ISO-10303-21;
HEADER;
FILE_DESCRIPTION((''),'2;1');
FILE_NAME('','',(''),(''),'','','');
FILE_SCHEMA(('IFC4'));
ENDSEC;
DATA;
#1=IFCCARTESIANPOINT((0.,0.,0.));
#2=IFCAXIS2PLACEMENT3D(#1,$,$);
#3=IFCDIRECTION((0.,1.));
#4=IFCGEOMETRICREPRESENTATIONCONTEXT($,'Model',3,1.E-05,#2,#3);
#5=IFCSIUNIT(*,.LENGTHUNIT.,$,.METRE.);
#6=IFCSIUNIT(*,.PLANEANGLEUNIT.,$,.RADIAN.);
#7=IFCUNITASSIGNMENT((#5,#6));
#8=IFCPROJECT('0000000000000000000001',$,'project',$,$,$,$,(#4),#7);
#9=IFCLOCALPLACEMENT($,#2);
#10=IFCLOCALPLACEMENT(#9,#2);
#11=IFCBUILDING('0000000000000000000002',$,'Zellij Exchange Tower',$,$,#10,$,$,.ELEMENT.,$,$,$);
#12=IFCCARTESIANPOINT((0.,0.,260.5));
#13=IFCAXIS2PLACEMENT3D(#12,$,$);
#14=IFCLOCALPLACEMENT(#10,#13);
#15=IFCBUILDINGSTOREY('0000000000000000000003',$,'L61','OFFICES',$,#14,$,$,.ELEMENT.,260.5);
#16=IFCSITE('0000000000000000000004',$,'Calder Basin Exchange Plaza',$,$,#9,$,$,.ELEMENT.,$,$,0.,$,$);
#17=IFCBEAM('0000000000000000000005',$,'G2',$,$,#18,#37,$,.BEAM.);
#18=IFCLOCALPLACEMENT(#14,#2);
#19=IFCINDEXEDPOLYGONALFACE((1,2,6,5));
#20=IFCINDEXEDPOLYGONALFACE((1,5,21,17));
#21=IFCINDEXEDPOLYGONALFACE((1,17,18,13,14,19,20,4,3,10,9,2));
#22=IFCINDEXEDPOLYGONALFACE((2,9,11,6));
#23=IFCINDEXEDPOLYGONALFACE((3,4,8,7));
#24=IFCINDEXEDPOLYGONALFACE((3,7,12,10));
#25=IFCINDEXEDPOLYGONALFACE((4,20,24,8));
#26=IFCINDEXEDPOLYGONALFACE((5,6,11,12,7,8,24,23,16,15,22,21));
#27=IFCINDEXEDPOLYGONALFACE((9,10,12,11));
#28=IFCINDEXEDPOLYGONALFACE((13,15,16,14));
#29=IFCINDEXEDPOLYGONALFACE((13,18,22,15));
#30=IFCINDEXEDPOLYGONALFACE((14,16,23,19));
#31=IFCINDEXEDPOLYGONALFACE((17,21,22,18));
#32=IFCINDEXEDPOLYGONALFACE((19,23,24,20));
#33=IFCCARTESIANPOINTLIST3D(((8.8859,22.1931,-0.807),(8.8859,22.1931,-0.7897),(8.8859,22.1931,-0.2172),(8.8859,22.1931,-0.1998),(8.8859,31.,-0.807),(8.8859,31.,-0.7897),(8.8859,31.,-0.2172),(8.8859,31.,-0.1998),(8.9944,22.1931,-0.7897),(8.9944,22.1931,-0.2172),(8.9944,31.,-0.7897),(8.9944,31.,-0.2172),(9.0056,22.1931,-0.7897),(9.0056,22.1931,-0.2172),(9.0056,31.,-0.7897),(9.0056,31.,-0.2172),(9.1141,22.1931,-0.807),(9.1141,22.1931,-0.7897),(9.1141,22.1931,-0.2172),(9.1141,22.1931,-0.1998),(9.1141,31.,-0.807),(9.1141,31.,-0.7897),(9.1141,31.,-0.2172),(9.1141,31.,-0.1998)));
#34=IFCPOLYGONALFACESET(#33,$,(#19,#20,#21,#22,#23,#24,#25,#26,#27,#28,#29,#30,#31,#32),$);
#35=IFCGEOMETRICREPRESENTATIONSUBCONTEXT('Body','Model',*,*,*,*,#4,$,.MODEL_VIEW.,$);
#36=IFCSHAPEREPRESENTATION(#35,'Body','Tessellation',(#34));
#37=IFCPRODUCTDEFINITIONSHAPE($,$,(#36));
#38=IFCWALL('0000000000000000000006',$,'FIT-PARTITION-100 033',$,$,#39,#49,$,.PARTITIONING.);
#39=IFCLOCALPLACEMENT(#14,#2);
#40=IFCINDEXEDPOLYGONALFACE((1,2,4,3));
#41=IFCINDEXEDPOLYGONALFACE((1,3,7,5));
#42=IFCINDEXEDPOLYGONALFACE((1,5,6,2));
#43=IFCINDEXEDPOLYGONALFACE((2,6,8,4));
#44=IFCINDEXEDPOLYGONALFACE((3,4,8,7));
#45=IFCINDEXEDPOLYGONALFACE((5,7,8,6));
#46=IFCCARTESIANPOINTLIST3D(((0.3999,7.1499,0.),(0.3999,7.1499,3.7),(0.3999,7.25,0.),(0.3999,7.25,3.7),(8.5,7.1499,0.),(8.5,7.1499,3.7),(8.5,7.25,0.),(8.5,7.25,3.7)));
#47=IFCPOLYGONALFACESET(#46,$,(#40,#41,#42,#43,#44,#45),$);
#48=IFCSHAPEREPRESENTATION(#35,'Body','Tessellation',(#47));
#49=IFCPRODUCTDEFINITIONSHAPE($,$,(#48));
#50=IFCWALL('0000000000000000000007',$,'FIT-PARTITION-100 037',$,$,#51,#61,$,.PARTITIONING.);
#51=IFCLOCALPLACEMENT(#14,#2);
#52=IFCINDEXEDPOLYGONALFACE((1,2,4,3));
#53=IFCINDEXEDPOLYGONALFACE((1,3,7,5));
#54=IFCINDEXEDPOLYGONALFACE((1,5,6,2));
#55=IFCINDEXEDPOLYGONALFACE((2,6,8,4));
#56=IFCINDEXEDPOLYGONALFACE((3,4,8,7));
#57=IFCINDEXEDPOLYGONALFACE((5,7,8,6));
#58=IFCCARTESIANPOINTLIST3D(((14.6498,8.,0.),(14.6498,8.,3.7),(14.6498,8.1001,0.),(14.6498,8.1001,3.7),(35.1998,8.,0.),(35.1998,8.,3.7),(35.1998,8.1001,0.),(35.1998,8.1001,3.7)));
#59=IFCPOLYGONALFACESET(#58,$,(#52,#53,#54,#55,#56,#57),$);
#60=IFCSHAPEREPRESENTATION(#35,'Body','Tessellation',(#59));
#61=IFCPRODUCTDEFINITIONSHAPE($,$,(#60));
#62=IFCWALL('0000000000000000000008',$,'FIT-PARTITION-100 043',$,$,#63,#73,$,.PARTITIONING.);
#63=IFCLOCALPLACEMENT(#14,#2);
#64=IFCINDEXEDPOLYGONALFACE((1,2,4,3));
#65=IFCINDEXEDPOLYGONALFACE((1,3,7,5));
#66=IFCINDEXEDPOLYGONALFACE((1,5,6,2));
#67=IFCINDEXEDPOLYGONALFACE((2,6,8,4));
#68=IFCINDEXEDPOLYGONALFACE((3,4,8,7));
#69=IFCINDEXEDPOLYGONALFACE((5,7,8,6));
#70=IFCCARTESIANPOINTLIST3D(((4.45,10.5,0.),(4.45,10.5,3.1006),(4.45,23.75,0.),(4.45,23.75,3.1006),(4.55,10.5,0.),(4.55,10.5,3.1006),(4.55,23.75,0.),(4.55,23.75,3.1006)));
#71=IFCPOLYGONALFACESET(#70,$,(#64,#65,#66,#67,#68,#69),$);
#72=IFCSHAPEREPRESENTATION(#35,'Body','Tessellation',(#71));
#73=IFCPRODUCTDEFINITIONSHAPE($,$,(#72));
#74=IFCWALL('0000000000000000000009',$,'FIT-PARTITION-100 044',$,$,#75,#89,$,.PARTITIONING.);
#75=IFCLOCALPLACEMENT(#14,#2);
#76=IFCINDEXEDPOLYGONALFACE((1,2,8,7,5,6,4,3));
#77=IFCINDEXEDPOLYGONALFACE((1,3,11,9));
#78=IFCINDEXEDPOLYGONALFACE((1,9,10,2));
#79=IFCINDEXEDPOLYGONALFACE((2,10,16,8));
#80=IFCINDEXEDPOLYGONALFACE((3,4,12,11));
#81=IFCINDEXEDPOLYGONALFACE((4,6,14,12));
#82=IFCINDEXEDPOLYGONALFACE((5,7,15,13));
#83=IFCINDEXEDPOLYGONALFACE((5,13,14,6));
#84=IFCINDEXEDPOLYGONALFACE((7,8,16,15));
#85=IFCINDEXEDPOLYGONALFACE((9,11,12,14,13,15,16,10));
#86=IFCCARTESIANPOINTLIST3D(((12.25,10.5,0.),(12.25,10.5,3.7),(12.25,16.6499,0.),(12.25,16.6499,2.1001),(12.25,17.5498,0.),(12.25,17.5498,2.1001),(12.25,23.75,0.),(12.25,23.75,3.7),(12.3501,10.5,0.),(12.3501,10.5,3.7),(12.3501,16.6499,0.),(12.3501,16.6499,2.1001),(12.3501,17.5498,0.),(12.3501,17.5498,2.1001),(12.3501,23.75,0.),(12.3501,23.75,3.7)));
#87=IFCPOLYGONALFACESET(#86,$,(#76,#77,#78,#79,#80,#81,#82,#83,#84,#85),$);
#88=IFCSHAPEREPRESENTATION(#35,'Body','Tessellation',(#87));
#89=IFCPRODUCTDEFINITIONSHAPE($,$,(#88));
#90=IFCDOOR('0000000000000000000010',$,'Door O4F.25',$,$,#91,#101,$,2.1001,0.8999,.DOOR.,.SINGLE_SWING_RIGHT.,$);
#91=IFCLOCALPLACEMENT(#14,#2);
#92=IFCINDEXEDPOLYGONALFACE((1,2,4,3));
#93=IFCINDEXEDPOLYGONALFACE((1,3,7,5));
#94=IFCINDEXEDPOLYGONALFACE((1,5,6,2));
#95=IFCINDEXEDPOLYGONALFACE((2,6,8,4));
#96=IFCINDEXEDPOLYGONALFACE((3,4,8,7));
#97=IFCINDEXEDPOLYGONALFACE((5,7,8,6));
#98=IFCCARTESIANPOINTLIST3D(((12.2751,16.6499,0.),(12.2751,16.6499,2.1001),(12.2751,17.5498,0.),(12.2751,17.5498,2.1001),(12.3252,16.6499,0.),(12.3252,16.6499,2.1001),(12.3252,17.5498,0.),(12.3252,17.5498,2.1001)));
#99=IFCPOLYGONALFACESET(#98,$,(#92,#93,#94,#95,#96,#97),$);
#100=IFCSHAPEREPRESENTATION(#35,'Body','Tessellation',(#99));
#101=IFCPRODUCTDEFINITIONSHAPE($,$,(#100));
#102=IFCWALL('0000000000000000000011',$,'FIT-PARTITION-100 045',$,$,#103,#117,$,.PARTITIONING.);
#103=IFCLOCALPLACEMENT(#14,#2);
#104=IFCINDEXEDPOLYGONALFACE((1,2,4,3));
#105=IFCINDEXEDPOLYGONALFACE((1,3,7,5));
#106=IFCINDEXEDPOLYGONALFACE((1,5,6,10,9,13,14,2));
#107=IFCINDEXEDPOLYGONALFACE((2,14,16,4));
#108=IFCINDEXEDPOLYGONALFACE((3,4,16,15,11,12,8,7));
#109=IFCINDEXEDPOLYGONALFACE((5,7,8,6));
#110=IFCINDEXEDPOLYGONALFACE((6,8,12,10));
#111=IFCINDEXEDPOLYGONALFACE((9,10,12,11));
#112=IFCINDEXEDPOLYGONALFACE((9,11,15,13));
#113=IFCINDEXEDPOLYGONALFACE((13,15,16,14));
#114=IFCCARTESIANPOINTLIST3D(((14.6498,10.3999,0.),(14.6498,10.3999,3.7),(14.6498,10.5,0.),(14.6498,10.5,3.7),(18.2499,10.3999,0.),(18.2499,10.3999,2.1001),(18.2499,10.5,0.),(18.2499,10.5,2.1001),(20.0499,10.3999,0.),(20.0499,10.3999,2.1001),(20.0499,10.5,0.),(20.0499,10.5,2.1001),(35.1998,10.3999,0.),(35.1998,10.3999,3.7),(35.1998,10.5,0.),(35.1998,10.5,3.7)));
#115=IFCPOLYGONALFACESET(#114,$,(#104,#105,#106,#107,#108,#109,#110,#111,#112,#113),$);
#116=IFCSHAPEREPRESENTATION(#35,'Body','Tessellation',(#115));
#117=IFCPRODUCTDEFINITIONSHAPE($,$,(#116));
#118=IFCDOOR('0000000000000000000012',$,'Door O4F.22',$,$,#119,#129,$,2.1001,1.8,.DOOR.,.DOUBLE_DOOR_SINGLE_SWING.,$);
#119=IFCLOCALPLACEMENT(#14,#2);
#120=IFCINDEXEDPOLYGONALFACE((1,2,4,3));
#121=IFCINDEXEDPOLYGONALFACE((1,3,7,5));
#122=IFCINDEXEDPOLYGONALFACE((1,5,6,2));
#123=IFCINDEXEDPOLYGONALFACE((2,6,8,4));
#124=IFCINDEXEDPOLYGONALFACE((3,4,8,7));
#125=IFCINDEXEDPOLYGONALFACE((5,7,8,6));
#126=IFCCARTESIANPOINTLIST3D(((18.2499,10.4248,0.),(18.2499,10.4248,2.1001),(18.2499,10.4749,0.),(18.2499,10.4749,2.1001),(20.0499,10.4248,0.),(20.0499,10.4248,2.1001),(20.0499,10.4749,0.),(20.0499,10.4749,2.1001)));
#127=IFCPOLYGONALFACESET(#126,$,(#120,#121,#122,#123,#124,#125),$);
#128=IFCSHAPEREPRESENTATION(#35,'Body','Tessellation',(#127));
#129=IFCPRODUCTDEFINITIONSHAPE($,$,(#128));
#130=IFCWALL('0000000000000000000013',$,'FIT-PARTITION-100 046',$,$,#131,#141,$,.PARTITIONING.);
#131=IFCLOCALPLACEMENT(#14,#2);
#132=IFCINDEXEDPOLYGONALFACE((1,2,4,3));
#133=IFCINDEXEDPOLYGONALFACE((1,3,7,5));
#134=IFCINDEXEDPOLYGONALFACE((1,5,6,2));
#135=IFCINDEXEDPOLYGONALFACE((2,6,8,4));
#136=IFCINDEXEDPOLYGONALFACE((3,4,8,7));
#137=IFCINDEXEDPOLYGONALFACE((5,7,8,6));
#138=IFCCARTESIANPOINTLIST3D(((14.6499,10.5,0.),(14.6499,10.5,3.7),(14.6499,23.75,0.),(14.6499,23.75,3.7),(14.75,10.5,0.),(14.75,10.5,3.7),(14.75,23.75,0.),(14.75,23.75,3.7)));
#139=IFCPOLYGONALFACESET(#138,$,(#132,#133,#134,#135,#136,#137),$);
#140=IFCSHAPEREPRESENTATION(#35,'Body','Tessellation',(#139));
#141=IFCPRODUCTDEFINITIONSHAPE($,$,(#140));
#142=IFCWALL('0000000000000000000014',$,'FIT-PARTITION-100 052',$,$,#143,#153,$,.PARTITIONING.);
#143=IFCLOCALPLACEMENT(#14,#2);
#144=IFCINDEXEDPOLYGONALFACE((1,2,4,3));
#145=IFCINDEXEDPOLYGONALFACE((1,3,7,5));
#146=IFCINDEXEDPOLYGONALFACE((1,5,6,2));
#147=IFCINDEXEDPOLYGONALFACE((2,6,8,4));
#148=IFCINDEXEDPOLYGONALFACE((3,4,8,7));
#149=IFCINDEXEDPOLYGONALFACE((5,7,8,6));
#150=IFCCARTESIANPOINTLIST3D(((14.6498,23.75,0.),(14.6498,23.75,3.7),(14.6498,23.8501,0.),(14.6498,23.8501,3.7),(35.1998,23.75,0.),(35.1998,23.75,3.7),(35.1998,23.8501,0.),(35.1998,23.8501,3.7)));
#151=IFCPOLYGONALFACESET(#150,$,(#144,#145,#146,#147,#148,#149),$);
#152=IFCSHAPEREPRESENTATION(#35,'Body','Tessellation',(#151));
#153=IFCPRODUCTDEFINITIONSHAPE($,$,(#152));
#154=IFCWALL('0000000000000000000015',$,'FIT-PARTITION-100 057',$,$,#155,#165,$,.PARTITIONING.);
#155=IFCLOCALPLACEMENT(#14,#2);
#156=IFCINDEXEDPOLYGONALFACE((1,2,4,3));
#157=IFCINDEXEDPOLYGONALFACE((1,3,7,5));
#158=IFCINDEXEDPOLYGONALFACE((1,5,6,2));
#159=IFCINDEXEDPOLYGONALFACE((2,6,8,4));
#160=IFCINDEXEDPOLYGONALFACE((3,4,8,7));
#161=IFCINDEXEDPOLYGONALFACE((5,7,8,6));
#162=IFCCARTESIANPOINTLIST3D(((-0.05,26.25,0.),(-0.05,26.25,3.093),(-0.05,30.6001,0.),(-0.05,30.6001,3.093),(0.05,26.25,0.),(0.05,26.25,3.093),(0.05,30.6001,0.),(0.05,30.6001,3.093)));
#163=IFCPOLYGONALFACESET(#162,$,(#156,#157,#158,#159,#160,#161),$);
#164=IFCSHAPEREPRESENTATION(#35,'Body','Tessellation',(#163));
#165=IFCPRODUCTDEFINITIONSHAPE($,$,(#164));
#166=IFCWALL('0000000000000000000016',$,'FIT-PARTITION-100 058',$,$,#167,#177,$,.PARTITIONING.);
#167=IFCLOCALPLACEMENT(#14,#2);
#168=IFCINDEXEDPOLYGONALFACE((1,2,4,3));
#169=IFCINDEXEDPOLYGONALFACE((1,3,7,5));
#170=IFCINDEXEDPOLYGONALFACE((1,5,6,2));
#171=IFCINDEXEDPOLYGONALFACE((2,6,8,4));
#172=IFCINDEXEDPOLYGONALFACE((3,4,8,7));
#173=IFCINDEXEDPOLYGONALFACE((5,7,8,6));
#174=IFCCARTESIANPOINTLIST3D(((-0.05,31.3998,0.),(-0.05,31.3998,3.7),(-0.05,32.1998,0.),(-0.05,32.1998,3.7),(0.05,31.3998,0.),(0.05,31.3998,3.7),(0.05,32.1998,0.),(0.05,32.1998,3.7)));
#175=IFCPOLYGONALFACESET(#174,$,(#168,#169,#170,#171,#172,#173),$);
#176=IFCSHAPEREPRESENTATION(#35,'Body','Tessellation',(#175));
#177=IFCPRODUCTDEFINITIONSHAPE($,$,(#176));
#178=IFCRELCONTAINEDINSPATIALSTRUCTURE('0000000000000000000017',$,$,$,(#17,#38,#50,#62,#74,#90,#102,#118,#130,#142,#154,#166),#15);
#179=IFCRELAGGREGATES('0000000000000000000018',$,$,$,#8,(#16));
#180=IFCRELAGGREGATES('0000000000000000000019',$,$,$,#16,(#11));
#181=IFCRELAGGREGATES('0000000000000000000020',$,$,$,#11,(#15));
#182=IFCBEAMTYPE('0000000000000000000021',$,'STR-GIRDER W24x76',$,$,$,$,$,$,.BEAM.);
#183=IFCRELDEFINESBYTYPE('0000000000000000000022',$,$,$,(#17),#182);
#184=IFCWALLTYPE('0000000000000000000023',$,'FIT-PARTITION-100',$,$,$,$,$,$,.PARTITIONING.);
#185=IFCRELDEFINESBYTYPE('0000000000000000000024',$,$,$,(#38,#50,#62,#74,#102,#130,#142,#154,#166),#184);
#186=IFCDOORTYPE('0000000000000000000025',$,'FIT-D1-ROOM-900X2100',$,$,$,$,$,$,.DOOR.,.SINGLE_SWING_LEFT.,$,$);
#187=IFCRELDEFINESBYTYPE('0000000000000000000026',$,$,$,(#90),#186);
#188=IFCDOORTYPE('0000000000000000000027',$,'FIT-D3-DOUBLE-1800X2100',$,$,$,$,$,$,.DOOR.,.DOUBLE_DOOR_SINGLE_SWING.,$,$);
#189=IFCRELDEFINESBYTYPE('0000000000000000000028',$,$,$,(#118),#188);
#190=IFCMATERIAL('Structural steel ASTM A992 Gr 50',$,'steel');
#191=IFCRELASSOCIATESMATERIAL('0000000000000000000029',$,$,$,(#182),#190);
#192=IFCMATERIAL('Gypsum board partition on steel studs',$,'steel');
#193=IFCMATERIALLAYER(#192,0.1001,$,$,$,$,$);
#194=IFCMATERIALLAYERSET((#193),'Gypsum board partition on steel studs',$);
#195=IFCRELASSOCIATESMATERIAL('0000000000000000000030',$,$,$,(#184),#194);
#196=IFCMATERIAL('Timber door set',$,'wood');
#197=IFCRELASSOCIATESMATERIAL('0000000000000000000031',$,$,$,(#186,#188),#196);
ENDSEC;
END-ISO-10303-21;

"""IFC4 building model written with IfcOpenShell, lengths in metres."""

from ifc_helpers import new_model, si_unit, direction, frame, frame_2d, origin, origin_2d, place, context, subcontext, project, spatial, rectangle, i_section, extrude, material, layer, layer_set, material_profile, profile_set, type_object, element, fill, save


model = new_model("IFC4")

# Units and contexts
model_context = context("Model", 3, precision=1e-05, world=origin(), true_north=direction((0.0, 1.0)))
body_context = subcontext(model_context, "Body", "Model", "MODEL_VIEW")
ifc_project = project(units=[si_unit("LENGTHUNIT", "METRE"), si_unit("PLANEANGLEUNIT", "RADIAN")], contexts=[model_context])

# Site, building, storey
site_placement = place(None, origin())
site = spatial("IfcSite", under=ifc_project, at=site_placement, Name="Calder Basin Exchange Plaza", CompositionType="ELEMENT", RefElevation=0.0)
building_placement = place(site_placement, origin())
building = spatial("IfcBuilding", under=site, at=building_placement, Name="Zellij Exchange Tower", CompositionType="ELEMENT")
storey_placement = place(building_placement, frame((0.0, 0.0, 260.5)))
storey = spatial("IfcBuildingStorey", under=building, at=storey_placement, Name="L61", Description="OFFICES", CompositionType="ELEMENT", Elevation=260.5)

# Shared definitions
ifc_material_1 = material(Name="Structural steel ASTM A992 Gr 50", Category="steel")

# Beam
ifc_material_profile_1 = material_profile(ifc_material_1, i_section(OverallWidth=0.2283, OverallDepth=0.6072, WebThickness=0.0112, FlangeThickness=0.0173, at=origin_2d()), Name="W24x76")
ifc_profile_set_1 = profile_set([ifc_material_profile_1], Name="Structural steel ASTM A992 Gr 50")
beam_type = type_object("IfcBeamType", Name="STR-GIRDER W24x76", PredefinedType="BEAM", material=ifc_profile_set_1)
beam_1_placement = place(storey_placement, frame((9.0, 22.1931, -0.5034), z_axis=(0.0, 1.0, 0.0), x_axis=(-1.0, 0.0, 0.0)))
element("IfcBeam", 1, at=beam_1_placement, inside=storey, type_object=beam_type, Name="G2", PredefinedType="BEAM", context=body_context, shape_type="SweptSolid", body=[
    extrude(i_section(OverallWidth=0.2283, OverallDepth=0.6072, WebThickness=0.0112, FlangeThickness=0.0173, at=origin_2d()), origin(), (0.0, 0.0, 1.0), 8.8069),
])

# Walls
ifc_material_2 = material(Name="Gypsum board partition on steel studs", Category="steel")
ifc_layer = layer(ifc_material_2, 0.1001)
ifc_layer_set = layer_set([ifc_layer], Name="Gypsum board partition on steel studs")
wall_type = type_object("IfcWallType", Name="FIT-PARTITION-100", PredefinedType="PARTITIONING", material=ifc_layer_set)
wall_1_placement = place(storey_placement, frame((0.3999, 7.2, 0.0), z_axis=(0.0, 0.0, 1.0), x_axis=(1.0, 0.0, 0.0)))
element("IfcWall", 2, at=wall_1_placement, inside=storey, type_object=wall_type, Name="FIT-PARTITION-100 033", PredefinedType="PARTITIONING", context=body_context, shape_type="SweptSolid", body=[
    extrude(rectangle(XDim=8.1001, YDim=0.1001, at=frame_2d((4.05, 0.0))), origin(), (0.0, 0.0, 1.0), 3.7),
])
wall_2_placement = place(storey_placement, frame((14.6499, 8.05, 0.0), z_axis=(0.0, 0.0, 1.0), x_axis=(1.0, 0.0, 0.0)))
element("IfcWall", 3, at=wall_2_placement, inside=storey, type_object=wall_type, Name="FIT-PARTITION-100 037", PredefinedType="PARTITIONING", context=body_context, shape_type="SweptSolid", body=[
    extrude(rectangle(XDim=20.55, YDim=0.1001, at=frame_2d((10.2749, 0.0))), origin(), (0.0, 0.0, 1.0), 3.7),
])
wall_3_placement = place(storey_placement, frame((4.5, 10.5, 0.0), z_axis=(0.0, 0.0, 1.0), x_axis=(0.0, 1.0, 0.0)))
element("IfcWall", 4, at=wall_3_placement, inside=storey, type_object=wall_type, Name="FIT-PARTITION-100 043", PredefinedType="PARTITIONING", context=body_context, shape_type="SweptSolid", body=[
    extrude(rectangle(XDim=13.25, YDim=0.1001, at=frame_2d((6.625, 0.0))), origin(), (0.0, 0.0, 1.0), 3.1006),
])

# Walls, openings, doors
wall_4_placement = place(storey_placement, frame((12.3, 10.5, 0.0), z_axis=(0.0, 0.0, 1.0), x_axis=(0.0, 1.0, 0.0)))
wall_4 = element("IfcWall", 5, at=wall_4_placement, inside=storey, type_object=wall_type, Name="FIT-PARTITION-100 044", PredefinedType="PARTITIONING", context=body_context, shape_type="SweptSolid", body=[
    extrude(rectangle(XDim=13.25, YDim=0.1001, at=frame_2d((6.625, 0.0))), origin(), (0.0, 0.0, 1.0), 3.7),
])
opening_1_placement = place(wall_4_placement, frame((6.1499, 0.0, 0.0)))
opening_1 = element("IfcOpeningElement", 6, at=opening_1_placement, cuts=wall_4, PredefinedType="OPENING", context=body_context, shape_type="SweptSolid", body=[
    extrude(rectangle(XDim=0.8999, YDim=2.1001, at=frame_2d((0.45, 1.05))), frame((0.0, 0.062, 0.0), z_axis=(0.0, -1.0, 0.0), x_axis=(1.0, 0.0, 0.0)), (0.0, 0.0, 1.0), 0.124),
])
ifc_material_3 = material(Name="Timber door set", Category="wood")
door_type_1 = type_object("IfcDoorType", Name="FIT-D1-ROOM-900X2100", OperationType="SINGLE_SWING_LEFT", PredefinedType="DOOR", material=ifc_material_3)
door_1_placement = place(opening_1_placement, origin())
door_1 = element("IfcDoor", 7, at=door_1_placement, inside=storey, type_object=door_type_1, Name="Door O4F.25", OperationType="SINGLE_SWING_RIGHT", OverallHeight=2.1001, OverallWidth=0.8999, PredefinedType="DOOR", context=body_context, shape_type="SweptSolid", body=[
    extrude(rectangle(XDim=0.8999, YDim=2.1001, at=frame_2d((0.45, 1.05))), frame((0.0, 0.0249, 0.0), z_axis=(0.0, -1.0, 0.0), x_axis=(1.0, 0.0, 0.0)), (0.0, 0.0, 1.0), 0.05),
])
fill(opening_1, door_1)
wall_5_placement = place(storey_placement, frame((14.6499, 10.45, 0.0), z_axis=(0.0, 0.0, 1.0), x_axis=(1.0, 0.0, 0.0)))
wall_5 = element("IfcWall", 8, at=wall_5_placement, inside=storey, type_object=wall_type, Name="FIT-PARTITION-100 045", PredefinedType="PARTITIONING", context=body_context, shape_type="SweptSolid", body=[
    extrude(rectangle(XDim=20.55, YDim=0.1001, at=frame_2d((10.2749, 0.0))), origin(), (0.0, 0.0, 1.0), 3.7),
])
opening_2_placement = place(wall_5_placement, frame((3.6001, 0.0, 0.0)))
opening_2 = element("IfcOpeningElement", 9, at=opening_2_placement, cuts=wall_5, PredefinedType="OPENING", context=body_context, shape_type="SweptSolid", body=[
    extrude(rectangle(XDim=1.8, YDim=2.1001, at=frame_2d((0.8999, 1.05))), frame((0.0, 0.062, 0.0), z_axis=(0.0, -1.0, 0.0), x_axis=(1.0, 0.0, 0.0)), (0.0, 0.0, 1.0), 0.124),
])
door_type_2 = type_object("IfcDoorType", Name="FIT-D3-DOUBLE-1800X2100", OperationType="DOUBLE_DOOR_SINGLE_SWING", PredefinedType="DOOR", material=ifc_material_3)
door_2_placement = place(opening_2_placement, origin())
door_2 = element("IfcDoor", 10, at=door_2_placement, inside=storey, type_object=door_type_2, Name="Door O4F.22", OperationType="DOUBLE_DOOR_SINGLE_SWING", OverallHeight=2.1001, OverallWidth=1.8, PredefinedType="DOOR", context=body_context, shape_type="SweptSolid", body=[
    extrude(rectangle(XDim=1.8, YDim=2.1001, at=frame_2d((0.8999, 1.05))), frame((0.0, 0.0249, 0.0), z_axis=(0.0, -1.0, 0.0), x_axis=(1.0, 0.0, 0.0)), (0.0, 0.0, 1.0), 0.05),
])
fill(opening_2, door_2)

# Walls
wall_6_placement = place(storey_placement, frame((14.7, 10.5, 0.0), z_axis=(0.0, 0.0, 1.0), x_axis=(0.0, 1.0, 0.0)))
element("IfcWall", 11, at=wall_6_placement, inside=storey, type_object=wall_type, Name="FIT-PARTITION-100 046", PredefinedType="PARTITIONING", context=body_context, shape_type="SweptSolid", body=[
    extrude(rectangle(XDim=13.25, YDim=0.1001, at=frame_2d((6.625, 0.0))), origin(), (0.0, 0.0, 1.0), 3.7),
])
wall_7_placement = place(storey_placement, frame((14.6499, 23.8, 0.0), z_axis=(0.0, 0.0, 1.0), x_axis=(1.0, 0.0, 0.0)))
element("IfcWall", 12, at=wall_7_placement, inside=storey, type_object=wall_type, Name="FIT-PARTITION-100 052", PredefinedType="PARTITIONING", context=body_context, shape_type="SweptSolid", body=[
    extrude(rectangle(XDim=20.55, YDim=0.1001, at=frame_2d((10.2749, 0.0))), origin(), (0.0, 0.0, 1.0), 3.7),
])
wall_8_placement = place(storey_placement, frame((0.0, 26.25, 0.0), z_axis=(0.0, 0.0, 1.0), x_axis=(0.0, 1.0, 0.0)))
element("IfcWall", 13, at=wall_8_placement, inside=storey, type_object=wall_type, Name="FIT-PARTITION-100 057", PredefinedType="PARTITIONING", context=body_context, shape_type="SweptSolid", body=[
    extrude(rectangle(XDim=4.3501, YDim=0.1001, at=frame_2d((2.175, 0.0))), origin(), (0.0, 0.0, 1.0), 3.093),
])
wall_9_placement = place(storey_placement, frame((0.0, 31.3999, 0.0), z_axis=(0.0, 0.0, 1.0), x_axis=(0.0, 1.0, 0.0)))
element("IfcWall", 14, at=wall_9_placement, inside=storey, type_object=wall_type, Name="FIT-PARTITION-100 058", PredefinedType="PARTITIONING", context=body_context, shape_type="SweptSolid", body=[
    extrude(rectangle(XDim=0.8, YDim=0.1001, at=frame_2d((0.3999, 0.0))), origin(), (0.0, 0.0, 1.0), 3.7),
])

save(model, "model.ifc")
